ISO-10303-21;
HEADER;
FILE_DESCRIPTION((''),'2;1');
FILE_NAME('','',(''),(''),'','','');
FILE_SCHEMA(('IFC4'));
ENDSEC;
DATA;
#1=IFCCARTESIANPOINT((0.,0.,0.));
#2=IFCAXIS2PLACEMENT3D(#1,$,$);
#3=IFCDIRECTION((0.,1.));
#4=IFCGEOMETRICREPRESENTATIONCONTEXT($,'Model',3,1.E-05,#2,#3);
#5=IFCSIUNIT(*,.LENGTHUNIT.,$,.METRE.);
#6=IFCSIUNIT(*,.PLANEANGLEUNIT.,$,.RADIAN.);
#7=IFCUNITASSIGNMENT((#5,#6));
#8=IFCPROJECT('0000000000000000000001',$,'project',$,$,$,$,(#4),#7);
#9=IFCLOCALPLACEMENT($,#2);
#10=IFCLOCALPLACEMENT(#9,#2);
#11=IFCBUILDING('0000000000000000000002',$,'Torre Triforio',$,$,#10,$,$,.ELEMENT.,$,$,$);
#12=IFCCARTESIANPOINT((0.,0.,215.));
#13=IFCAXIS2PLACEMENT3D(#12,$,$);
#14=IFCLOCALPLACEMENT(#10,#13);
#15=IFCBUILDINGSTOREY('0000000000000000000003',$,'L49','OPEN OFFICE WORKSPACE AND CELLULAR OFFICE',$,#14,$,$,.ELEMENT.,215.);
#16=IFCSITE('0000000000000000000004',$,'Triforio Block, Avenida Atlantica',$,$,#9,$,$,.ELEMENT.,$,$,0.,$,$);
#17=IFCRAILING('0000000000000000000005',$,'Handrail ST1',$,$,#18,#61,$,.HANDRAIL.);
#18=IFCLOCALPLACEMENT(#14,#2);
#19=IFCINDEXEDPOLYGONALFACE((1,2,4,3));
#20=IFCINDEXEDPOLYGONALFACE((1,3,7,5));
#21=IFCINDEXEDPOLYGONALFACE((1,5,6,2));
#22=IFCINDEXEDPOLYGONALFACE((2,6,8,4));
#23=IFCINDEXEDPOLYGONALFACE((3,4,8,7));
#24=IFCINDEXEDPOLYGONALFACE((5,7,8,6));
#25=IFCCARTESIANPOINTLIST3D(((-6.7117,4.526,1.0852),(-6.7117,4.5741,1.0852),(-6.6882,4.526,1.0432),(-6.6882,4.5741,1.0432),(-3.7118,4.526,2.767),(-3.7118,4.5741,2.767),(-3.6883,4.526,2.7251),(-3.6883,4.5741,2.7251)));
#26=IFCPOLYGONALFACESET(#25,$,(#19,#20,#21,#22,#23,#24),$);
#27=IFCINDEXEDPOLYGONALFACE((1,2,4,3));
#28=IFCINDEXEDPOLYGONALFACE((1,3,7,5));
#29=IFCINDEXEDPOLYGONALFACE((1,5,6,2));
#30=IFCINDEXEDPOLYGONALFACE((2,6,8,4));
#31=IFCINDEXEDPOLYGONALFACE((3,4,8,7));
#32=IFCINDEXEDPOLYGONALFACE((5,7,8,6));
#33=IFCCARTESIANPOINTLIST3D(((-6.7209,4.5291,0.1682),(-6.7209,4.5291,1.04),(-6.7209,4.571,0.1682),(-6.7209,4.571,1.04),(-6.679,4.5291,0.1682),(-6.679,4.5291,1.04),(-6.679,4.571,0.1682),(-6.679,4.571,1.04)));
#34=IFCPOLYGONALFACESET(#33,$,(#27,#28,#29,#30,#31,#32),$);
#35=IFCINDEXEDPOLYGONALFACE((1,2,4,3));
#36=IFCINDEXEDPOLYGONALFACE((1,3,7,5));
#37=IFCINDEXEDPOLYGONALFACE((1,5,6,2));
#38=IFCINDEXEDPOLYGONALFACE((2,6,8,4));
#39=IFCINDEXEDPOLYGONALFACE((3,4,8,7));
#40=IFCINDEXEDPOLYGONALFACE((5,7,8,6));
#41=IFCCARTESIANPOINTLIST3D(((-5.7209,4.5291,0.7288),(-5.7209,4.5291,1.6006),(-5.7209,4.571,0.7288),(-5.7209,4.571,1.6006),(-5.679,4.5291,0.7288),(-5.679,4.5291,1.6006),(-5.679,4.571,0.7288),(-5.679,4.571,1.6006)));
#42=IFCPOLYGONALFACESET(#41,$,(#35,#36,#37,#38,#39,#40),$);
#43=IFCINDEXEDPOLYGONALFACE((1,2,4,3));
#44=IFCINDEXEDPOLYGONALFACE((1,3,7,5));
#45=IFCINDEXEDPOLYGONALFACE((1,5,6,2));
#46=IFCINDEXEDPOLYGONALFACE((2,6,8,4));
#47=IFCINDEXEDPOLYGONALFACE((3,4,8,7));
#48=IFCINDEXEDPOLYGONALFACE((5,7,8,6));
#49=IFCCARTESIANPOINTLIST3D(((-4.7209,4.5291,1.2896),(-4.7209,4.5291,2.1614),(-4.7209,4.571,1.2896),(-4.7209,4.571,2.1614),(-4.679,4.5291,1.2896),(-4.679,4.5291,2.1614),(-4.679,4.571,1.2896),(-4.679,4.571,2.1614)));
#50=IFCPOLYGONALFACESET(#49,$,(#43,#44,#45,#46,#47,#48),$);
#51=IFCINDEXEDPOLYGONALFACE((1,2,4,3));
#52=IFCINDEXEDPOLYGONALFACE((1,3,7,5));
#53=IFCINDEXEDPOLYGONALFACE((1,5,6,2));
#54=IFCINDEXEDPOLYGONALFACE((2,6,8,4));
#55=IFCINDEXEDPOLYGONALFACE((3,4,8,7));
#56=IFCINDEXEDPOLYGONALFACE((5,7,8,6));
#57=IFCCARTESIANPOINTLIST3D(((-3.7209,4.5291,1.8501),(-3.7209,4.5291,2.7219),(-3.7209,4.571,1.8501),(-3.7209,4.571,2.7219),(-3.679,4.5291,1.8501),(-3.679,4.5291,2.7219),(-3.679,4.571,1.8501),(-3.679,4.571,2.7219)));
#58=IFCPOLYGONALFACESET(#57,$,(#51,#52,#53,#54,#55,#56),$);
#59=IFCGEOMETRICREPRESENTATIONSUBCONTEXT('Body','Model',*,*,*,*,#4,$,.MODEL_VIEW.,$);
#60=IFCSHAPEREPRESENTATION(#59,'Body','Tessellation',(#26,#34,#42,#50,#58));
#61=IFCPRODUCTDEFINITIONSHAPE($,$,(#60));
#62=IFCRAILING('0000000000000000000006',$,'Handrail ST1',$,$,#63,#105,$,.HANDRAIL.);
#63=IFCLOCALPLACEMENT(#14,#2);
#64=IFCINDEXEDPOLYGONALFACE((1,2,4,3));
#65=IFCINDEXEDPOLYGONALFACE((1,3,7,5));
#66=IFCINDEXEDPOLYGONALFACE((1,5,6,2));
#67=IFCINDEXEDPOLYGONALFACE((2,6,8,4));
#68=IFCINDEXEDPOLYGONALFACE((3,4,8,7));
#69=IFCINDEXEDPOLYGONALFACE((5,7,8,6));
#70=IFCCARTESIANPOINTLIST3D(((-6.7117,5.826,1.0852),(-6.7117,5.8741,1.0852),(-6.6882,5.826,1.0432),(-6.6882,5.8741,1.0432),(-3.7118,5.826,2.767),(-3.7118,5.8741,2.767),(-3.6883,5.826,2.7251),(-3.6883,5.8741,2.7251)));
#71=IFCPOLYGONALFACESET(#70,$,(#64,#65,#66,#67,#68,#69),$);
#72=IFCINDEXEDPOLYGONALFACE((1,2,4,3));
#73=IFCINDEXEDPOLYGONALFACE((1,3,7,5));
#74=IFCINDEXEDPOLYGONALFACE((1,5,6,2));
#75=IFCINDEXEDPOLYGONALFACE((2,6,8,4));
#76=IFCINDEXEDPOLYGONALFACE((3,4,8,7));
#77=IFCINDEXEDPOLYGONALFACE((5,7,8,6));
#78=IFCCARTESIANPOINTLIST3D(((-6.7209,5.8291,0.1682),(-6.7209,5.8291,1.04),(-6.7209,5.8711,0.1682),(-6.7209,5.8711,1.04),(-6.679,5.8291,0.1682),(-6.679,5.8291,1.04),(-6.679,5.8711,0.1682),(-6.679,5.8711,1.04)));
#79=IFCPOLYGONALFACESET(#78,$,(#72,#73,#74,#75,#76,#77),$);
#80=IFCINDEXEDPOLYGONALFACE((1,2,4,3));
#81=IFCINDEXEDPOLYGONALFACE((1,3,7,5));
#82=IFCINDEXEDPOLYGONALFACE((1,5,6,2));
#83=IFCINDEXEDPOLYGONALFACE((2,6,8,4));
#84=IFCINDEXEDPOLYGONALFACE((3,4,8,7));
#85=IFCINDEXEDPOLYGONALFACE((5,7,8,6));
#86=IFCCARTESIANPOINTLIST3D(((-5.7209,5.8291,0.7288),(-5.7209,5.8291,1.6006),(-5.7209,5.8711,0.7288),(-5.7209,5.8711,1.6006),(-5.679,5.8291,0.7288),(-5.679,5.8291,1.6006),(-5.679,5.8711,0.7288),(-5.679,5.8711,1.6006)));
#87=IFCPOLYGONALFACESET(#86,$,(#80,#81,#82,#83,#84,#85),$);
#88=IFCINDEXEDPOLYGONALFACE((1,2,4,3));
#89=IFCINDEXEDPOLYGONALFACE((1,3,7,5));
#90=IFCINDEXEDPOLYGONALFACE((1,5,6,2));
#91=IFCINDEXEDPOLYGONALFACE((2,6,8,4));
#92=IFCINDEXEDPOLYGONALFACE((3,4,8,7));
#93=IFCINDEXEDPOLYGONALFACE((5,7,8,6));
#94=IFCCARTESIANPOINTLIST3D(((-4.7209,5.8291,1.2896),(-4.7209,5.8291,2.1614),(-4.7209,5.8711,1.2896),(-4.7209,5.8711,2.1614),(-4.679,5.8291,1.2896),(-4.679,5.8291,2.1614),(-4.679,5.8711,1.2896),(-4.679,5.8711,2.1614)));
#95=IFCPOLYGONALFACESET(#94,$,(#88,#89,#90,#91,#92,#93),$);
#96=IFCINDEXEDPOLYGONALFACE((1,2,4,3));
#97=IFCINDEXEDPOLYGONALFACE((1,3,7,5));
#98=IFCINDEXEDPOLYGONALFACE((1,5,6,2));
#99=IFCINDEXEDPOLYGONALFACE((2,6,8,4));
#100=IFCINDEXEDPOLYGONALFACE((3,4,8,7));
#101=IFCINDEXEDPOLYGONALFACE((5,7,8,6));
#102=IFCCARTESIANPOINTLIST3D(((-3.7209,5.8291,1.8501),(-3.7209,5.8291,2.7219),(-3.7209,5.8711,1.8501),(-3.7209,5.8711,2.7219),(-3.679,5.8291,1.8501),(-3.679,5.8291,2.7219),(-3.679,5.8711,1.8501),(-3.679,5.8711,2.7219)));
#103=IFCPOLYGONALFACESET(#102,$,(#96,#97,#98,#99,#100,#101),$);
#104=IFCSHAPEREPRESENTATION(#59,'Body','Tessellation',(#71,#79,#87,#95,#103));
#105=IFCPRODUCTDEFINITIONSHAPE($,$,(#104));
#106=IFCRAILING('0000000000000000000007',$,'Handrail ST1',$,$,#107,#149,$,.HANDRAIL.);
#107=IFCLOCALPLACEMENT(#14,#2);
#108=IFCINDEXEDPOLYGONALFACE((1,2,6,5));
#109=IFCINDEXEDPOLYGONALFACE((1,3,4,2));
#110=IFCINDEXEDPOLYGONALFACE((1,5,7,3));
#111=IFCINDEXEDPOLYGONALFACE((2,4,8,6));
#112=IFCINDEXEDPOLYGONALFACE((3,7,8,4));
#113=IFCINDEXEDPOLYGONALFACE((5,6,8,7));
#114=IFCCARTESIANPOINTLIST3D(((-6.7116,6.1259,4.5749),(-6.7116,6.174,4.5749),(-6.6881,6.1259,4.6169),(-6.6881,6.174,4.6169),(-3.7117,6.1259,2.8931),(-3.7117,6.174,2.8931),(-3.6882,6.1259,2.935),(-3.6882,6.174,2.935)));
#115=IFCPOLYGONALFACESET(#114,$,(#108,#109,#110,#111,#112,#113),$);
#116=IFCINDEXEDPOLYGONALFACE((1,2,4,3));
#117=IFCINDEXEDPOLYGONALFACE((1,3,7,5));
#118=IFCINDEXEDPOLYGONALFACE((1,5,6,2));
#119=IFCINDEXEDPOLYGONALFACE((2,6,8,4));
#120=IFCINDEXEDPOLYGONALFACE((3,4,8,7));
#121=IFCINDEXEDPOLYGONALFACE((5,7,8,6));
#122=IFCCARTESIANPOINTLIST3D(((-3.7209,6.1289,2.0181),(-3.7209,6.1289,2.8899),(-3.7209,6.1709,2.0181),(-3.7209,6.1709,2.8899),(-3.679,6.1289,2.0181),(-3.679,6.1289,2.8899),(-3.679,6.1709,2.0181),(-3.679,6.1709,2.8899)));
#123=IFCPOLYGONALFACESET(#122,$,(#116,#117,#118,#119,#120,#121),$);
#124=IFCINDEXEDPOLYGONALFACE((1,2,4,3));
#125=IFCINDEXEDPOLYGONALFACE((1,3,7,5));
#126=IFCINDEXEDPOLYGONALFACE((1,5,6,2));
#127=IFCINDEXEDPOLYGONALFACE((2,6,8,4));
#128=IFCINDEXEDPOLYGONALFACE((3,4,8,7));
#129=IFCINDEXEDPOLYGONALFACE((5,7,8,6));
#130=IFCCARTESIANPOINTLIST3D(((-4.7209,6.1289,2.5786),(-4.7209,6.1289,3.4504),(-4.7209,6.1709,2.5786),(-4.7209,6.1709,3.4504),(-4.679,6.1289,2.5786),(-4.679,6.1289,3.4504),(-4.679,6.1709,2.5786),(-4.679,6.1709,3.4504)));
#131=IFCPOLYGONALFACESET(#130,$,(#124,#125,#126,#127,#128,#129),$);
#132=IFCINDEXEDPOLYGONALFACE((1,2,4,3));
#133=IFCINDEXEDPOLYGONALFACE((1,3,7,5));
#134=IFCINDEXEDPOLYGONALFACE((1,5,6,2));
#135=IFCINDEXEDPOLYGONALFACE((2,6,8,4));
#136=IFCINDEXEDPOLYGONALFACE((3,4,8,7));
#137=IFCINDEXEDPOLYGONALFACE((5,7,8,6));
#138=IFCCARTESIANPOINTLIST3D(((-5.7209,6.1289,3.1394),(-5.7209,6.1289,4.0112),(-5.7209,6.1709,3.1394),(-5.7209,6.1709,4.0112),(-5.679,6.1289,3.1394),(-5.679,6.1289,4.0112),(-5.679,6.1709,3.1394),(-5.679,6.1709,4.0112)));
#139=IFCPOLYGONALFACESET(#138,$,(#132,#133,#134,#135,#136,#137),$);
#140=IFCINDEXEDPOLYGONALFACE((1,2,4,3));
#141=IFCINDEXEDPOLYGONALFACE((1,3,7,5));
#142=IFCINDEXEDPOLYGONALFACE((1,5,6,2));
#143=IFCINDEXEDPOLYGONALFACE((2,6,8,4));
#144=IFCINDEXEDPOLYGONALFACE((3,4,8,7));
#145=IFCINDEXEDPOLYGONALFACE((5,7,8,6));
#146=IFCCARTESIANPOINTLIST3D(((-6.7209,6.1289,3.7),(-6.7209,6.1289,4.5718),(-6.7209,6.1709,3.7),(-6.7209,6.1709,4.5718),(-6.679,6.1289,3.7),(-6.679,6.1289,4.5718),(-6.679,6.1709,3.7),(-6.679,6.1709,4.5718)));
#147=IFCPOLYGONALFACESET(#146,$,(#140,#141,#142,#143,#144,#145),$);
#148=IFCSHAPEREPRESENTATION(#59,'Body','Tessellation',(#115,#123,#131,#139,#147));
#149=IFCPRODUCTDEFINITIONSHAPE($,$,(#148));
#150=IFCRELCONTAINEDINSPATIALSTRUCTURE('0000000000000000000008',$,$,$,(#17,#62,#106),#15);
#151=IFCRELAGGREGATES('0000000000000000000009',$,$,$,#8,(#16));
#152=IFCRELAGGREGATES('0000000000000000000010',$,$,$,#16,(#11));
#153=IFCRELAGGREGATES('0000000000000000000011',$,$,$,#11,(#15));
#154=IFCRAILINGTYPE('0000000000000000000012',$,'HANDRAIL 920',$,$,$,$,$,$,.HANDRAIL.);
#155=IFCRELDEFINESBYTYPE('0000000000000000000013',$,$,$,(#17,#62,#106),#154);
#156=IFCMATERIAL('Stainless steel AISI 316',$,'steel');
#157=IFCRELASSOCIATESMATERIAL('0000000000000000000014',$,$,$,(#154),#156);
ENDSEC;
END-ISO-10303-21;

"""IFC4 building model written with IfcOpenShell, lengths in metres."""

from ifc_helpers import new_model, si_unit, direction, frame, origin, origin_2d, place, context, subcontext, project, spatial, rectangle, extrude, material, type_object, element, save


model = new_model("IFC4")

# Units and contexts
model_context = context("Model", 3, precision=1e-05, world=origin(), true_north=direction((0.0, 1.0)))
body_context = subcontext(model_context, "Body", "Model", "MODEL_VIEW")
ifc_project = project(units=[si_unit("LENGTHUNIT", "METRE"), si_unit("PLANEANGLEUNIT", "RADIAN")], contexts=[model_context])

# Site, building, storey
site_placement = place(None, origin())
site = spatial("IfcSite", under=ifc_project, at=site_placement, Name="Triforio Block, Avenida Atlantica", CompositionType="ELEMENT", RefElevation=0.0)
building_placement = place(site_placement, origin())
building = spatial("IfcBuilding", under=site, at=building_placement, Name="Torre Triforio", CompositionType="ELEMENT")
storey_placement = place(building_placement, frame((0.0, 0.0, 215.0)))
storey = spatial("IfcBuildingStorey", under=building, at=storey_placement, Name="L49", Description="OPEN OFFICE WORKSPACE AND CELLULAR OFFICE", CompositionType="ELEMENT", Elevation=215.0)

# Railings
ifc_material_1 = material(Name="Stainless steel AISI 316", Category="steel")
railing_type = type_object("IfcRailingType", Name="HANDRAIL 920", PredefinedType="HANDRAIL", material=ifc_material_1)
for number, where, name in (
    (1, (-6.7, 4.55, 0.1682), "Handrail ST1"),
    (2, (-6.7, 5.8501, 0.1682), "Handrail ST1"),
):
    element("IfcRailing", number, at=place(storey_placement, frame(where)), inside=storey, type_object=railing_type, Name=name, PredefinedType="HANDRAIL", context=body_context, shape_type="SweptSolid", body=[
        extrude(rectangle(XDim=0.0481, YDim=0.0481, at=origin_2d()), frame((0.0, 0.0, 0.896), z_axis=(0.872272, 0.0, 0.48902), x_axis=(0.0, 1.0, 0.0)), (0.0, 0.0, 1.0), 3.4392),
        extrude(rectangle(XDim=0.042, YDim=0.042, at=origin_2d()), origin(), (0.0, 0.0, 1.0), 0.8718),
        extrude(rectangle(XDim=0.042, YDim=0.042, at=origin_2d()), frame((1.0, 0.0, 0.5605)), (0.0, 0.0, 1.0), 0.8718),
        extrude(rectangle(XDim=0.042, YDim=0.042, at=origin_2d()), frame((2.0, 0.0, 1.1213)), (0.0, 0.0, 1.0), 0.8718),
        extrude(rectangle(XDim=0.042, YDim=0.042, at=origin_2d()), frame((3.0, 0.0, 1.6819)), (0.0, 0.0, 1.0), 0.8718),
    ])
railing_placement = place(storey_placement, frame((-3.7, 6.1499, 2.0181)))
element("IfcRailing", 3, at=railing_placement, inside=storey, type_object=railing_type, Name="Handrail ST1", PredefinedType="HANDRAIL", context=body_context, shape_type="SweptSolid", body=[
    extrude(rectangle(XDim=0.0481, YDim=0.0481, at=origin_2d()), frame((0.0, 0.0, 0.896), z_axis=(-0.872272, 0.0, 0.48902), x_axis=(0.0, -1.0, 0.0)), (0.0, 0.0, 1.0), 3.4392),
    extrude(rectangle(XDim=0.042, YDim=0.042, at=origin_2d()), origin(), (0.0, 0.0, 1.0), 0.8718),
    extrude(rectangle(XDim=0.042, YDim=0.042, at=origin_2d()), frame((-1.0, 0.0, 0.5605)), (0.0, 0.0, 1.0), 0.8718),
    extrude(rectangle(XDim=0.042, YDim=0.042, at=origin_2d()), frame((-2.0, 0.0, 1.1213)), (0.0, 0.0, 1.0), 0.8718),
    extrude(rectangle(XDim=0.042, YDim=0.042, at=origin_2d()), frame((-3.0, 0.0, 1.6819)), (0.0, 0.0, 1.0), 0.8718),
])

save(model, "model.ifc")
